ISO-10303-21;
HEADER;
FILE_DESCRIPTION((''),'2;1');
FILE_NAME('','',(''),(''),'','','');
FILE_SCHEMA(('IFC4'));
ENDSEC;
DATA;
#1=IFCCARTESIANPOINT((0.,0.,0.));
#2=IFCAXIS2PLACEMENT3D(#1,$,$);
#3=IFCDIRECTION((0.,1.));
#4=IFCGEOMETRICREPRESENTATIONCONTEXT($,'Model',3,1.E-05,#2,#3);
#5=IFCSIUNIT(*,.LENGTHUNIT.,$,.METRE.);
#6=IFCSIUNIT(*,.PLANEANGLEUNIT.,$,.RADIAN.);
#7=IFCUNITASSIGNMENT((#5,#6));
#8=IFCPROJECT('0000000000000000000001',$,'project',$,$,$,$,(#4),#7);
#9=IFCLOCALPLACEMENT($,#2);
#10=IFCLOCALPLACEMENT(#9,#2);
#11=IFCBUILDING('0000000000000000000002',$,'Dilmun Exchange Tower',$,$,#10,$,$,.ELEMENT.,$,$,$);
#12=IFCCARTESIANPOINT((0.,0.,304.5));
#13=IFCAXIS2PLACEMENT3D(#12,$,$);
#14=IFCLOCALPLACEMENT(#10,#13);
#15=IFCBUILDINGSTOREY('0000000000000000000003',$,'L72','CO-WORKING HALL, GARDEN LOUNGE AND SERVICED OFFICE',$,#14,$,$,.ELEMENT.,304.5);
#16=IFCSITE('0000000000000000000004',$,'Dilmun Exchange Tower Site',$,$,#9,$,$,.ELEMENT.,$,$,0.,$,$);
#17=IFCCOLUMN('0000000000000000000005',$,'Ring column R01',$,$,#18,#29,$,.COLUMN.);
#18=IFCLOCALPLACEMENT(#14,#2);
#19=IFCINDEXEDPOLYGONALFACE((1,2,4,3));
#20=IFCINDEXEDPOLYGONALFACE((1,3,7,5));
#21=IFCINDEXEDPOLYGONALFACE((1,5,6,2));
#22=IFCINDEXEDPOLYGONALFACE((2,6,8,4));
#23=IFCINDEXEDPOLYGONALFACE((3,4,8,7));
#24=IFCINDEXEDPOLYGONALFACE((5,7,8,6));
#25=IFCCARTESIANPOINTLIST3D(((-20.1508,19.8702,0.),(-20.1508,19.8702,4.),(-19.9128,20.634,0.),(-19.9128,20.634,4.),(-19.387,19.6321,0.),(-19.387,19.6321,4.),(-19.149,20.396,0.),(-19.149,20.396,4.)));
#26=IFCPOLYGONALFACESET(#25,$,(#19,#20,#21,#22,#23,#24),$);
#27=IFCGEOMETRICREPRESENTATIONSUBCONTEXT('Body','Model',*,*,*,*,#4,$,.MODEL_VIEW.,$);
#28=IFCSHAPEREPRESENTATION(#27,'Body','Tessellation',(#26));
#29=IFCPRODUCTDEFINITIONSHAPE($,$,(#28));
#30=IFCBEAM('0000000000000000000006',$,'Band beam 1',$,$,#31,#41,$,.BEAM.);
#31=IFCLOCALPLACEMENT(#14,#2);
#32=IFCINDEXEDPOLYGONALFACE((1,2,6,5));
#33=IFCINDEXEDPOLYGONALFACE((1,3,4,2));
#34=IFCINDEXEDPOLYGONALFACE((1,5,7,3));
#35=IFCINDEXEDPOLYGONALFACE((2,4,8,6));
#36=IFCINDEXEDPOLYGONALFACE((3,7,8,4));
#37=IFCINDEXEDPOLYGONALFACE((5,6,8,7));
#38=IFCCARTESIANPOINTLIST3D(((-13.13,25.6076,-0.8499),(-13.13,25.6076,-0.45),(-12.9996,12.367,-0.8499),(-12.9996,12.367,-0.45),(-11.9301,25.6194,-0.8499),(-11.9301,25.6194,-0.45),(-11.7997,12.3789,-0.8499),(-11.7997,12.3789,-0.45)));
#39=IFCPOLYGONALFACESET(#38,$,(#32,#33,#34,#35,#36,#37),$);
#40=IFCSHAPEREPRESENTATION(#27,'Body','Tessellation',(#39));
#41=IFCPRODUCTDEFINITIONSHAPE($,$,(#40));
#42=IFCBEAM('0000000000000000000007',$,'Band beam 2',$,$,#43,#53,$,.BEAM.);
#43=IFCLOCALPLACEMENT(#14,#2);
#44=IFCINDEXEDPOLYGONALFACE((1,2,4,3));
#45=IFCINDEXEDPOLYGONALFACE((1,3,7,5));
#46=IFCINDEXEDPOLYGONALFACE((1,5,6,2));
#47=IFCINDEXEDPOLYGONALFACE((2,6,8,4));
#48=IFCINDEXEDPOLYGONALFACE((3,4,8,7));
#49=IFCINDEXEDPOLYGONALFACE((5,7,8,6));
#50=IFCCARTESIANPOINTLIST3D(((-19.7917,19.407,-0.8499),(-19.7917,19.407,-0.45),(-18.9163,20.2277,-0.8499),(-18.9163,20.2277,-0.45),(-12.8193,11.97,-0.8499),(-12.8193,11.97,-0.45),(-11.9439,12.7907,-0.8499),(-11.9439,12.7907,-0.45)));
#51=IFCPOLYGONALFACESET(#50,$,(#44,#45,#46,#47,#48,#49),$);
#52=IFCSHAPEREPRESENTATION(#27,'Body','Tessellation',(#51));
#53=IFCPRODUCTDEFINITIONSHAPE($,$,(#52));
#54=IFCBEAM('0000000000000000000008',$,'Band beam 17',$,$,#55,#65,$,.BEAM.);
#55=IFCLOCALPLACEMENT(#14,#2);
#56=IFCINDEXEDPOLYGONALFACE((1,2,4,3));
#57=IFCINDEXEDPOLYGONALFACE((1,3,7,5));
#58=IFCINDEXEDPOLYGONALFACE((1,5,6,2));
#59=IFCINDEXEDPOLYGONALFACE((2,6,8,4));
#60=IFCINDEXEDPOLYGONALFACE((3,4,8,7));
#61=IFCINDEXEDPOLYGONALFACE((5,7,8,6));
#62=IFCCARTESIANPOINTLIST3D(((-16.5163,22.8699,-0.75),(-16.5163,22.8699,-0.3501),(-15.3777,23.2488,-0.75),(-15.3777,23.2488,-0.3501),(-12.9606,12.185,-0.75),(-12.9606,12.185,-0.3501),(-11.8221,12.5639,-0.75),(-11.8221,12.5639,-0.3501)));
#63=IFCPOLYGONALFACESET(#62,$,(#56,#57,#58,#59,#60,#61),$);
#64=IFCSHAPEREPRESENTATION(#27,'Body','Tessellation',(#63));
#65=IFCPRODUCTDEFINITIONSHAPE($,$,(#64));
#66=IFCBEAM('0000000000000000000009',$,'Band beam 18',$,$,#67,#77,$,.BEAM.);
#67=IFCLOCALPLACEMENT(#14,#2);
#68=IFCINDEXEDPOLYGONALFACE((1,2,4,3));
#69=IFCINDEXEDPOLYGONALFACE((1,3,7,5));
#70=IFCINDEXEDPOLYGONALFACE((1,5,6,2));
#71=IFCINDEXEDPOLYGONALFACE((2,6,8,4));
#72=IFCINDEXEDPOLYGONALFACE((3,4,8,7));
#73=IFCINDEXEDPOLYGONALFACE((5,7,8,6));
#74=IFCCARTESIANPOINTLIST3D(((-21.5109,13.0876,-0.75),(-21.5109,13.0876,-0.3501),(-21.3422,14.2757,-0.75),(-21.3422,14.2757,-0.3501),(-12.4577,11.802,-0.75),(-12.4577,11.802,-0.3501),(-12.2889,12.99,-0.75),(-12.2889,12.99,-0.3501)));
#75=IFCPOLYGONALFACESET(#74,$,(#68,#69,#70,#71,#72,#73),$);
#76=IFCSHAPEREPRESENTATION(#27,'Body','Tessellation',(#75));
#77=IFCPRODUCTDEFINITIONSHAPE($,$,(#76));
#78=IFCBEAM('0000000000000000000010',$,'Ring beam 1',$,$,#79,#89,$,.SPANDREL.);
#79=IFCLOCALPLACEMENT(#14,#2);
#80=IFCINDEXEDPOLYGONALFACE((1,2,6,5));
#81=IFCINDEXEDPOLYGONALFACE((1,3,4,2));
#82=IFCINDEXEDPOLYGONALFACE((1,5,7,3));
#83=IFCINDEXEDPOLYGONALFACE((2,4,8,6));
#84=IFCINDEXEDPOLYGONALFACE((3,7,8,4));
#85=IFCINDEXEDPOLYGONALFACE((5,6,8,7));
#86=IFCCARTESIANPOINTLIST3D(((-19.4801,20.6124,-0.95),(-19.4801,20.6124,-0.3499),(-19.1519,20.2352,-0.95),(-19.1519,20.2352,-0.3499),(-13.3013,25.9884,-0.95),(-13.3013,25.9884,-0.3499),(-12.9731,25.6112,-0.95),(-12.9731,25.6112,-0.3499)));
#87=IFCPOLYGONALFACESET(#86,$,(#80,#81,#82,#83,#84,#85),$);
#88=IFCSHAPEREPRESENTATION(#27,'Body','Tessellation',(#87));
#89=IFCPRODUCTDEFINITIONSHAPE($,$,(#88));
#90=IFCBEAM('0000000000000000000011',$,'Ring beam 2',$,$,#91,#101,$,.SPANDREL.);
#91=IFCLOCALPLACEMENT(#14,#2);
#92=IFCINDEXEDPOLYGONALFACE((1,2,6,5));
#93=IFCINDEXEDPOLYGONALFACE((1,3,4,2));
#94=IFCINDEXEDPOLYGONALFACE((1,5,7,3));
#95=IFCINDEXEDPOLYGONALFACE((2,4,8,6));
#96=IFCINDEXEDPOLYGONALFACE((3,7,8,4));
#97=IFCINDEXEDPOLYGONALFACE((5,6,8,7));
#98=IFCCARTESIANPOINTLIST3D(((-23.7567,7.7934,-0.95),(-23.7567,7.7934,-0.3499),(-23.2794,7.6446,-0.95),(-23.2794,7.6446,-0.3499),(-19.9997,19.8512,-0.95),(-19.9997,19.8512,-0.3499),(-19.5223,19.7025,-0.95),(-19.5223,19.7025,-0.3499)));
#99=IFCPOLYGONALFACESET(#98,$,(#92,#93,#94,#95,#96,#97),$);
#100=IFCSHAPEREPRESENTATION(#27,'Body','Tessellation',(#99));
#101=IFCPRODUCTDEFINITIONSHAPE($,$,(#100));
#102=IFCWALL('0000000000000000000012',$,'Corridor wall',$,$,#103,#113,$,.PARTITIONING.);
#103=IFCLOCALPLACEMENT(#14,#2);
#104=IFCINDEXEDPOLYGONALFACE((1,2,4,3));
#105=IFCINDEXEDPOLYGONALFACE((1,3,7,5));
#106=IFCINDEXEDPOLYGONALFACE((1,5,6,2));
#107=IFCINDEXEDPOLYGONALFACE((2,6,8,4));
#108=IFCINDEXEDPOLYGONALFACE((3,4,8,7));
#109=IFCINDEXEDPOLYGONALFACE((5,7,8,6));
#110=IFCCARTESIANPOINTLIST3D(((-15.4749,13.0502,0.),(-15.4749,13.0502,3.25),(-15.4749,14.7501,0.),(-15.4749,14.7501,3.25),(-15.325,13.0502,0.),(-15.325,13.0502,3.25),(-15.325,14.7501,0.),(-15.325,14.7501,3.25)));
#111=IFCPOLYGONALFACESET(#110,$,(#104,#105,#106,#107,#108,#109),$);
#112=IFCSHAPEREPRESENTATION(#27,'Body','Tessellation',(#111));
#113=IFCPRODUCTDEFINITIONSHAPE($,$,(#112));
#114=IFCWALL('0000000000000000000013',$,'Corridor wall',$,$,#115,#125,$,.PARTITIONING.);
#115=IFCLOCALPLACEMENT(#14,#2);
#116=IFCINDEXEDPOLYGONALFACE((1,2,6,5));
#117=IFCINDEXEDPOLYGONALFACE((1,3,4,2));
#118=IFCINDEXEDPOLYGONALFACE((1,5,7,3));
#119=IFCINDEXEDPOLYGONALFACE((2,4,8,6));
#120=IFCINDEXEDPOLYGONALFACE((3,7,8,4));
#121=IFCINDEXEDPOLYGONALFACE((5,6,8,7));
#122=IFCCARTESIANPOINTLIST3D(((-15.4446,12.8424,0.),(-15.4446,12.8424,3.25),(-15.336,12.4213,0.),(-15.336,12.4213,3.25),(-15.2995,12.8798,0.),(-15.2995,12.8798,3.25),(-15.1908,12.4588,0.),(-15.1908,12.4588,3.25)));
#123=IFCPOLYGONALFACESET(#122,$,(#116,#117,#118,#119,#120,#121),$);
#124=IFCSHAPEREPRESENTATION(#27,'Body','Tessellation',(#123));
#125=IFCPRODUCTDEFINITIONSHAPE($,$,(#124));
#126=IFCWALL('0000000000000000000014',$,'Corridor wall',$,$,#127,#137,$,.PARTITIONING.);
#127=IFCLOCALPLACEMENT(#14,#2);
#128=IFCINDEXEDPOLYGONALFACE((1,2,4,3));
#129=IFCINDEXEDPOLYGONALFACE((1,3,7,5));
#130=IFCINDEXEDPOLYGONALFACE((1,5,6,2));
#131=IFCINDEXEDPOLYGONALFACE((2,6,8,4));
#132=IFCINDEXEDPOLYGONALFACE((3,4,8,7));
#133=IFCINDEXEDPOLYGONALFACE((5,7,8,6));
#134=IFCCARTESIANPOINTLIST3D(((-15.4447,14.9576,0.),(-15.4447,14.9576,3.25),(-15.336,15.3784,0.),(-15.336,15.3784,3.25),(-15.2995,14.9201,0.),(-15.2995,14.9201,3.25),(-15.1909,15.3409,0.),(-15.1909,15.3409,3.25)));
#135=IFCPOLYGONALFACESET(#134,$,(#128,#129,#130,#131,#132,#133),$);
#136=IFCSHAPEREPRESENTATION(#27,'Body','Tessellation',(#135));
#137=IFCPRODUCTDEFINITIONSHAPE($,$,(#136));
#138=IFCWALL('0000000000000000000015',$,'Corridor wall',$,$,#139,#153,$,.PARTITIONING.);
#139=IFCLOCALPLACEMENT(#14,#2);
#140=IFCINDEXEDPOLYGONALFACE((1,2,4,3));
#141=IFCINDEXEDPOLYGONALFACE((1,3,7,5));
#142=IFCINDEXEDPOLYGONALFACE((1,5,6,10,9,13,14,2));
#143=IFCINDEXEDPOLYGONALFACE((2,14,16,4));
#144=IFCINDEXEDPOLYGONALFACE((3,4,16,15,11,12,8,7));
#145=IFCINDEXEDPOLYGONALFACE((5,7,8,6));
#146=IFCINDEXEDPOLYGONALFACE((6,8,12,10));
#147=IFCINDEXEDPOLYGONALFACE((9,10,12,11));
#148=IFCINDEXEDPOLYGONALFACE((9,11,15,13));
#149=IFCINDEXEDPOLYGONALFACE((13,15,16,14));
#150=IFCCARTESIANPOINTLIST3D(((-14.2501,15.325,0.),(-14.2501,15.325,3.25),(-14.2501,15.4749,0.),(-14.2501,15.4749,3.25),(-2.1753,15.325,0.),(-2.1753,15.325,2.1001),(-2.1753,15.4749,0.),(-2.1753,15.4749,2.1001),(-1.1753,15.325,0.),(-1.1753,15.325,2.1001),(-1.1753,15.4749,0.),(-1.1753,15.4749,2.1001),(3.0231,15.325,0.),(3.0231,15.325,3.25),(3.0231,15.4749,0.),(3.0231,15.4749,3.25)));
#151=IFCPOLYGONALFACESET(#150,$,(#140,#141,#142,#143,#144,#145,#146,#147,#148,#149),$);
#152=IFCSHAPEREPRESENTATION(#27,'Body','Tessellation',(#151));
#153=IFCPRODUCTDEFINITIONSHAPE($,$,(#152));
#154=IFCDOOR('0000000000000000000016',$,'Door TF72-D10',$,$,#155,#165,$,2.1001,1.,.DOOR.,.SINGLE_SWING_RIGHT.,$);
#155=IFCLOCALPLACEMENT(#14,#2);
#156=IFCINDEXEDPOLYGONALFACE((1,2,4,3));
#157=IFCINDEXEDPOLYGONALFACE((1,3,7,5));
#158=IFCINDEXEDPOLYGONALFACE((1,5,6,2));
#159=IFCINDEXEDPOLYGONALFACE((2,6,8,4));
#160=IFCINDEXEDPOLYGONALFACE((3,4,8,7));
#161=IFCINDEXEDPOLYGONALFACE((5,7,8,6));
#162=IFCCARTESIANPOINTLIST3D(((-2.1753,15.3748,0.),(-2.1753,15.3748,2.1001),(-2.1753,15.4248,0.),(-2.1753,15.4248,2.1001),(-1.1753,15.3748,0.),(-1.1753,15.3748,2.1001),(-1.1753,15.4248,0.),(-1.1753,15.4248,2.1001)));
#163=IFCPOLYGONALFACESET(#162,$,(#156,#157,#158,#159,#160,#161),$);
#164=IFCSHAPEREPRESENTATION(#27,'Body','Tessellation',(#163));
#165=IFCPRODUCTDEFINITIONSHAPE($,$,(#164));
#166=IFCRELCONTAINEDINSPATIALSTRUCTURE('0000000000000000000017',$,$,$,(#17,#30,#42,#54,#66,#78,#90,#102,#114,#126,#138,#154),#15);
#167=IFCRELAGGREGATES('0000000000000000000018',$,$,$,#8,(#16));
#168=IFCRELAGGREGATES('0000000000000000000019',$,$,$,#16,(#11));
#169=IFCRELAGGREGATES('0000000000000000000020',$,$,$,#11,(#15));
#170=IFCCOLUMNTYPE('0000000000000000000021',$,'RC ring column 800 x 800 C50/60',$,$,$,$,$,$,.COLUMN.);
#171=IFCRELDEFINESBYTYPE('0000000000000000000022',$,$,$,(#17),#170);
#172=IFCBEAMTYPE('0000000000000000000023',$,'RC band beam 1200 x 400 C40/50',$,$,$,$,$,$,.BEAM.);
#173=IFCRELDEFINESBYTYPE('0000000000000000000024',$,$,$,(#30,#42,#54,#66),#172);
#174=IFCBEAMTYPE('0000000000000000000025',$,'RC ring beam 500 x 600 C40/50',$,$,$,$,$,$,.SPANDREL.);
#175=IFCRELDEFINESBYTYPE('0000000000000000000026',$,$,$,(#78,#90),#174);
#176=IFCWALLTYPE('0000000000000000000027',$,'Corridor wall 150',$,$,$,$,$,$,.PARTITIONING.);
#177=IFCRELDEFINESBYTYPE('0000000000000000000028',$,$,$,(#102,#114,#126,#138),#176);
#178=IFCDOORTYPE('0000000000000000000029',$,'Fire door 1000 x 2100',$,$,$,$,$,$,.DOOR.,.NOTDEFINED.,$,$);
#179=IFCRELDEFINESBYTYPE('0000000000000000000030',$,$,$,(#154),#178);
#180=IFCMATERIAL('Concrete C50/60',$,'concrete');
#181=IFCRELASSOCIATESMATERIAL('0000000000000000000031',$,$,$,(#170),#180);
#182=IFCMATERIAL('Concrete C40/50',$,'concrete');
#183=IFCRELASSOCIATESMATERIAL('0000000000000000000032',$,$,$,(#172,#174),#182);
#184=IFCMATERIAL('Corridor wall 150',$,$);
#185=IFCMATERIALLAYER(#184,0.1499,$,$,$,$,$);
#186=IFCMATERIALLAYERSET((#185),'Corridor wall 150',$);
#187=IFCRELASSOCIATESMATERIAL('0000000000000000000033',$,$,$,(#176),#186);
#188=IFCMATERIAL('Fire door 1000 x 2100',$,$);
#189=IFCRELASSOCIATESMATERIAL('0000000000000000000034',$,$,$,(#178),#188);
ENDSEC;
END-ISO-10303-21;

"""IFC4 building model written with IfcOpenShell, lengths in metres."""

from ifc_helpers import new_model, si_unit, direction, frame, frame_2d, origin, origin_2d, place, context, subcontext, project, spatial, rectangle, extrude, material, layer, layer_set, material_profile, profile_set, type_object, element, fill, save


model = new_model("IFC4")

# Units and contexts
model_context = context("Model", 3, precision=1e-05, world=origin(), true_north=direction((0.0, 1.0)))
body_context = subcontext(model_context, "Body", "Model", "MODEL_VIEW")
ifc_project = project(units=[si_unit("LENGTHUNIT", "METRE"), si_unit("PLANEANGLEUNIT", "RADIAN")], contexts=[model_context])

# Site, building, storey
site_placement = place(None, origin())
site = spatial("IfcSite", under=ifc_project, at=site_placement, Name="Dilmun Exchange Tower Site", CompositionType="ELEMENT", RefElevation=0.0)
building_placement = place(site_placement, origin())
building = spatial("IfcBuilding", under=site, at=building_placement, Name="Dilmun Exchange Tower", CompositionType="ELEMENT")
storey_placement = place(building_placement, frame((0.0, 0.0, 304.5)))
storey = spatial("IfcBuildingStorey", under=building, at=storey_placement, Name="L72", Description="CO-WORKING HALL, GARDEN LOUNGE AND SERVICED OFFICE", CompositionType="ELEMENT", Elevation=304.5)

# Column
ifc_material_1 = material(Name="Concrete C50/60", Category="concrete")
ifc_material_profile_1 = material_profile(ifc_material_1, rectangle(XDim=0.8, YDim=0.8, at=origin_2d()), Name="800 x 800")
ifc_profile_set_1 = profile_set([ifc_material_profile_1], Name="Concrete C50/60")
column_type = type_object("IfcColumnType", Name="RC ring column 800 x 800 C50/60", PredefinedType="COLUMN", material=ifc_profile_set_1)
column_placement = place(storey_placement, frame((-19.6499, 20.1331, 0.0), z_axis=(0.0, 0.0, 1.0), x_axis=(0.297503, 0.954721, 0.0)))
element("IfcColumn", 1, at=column_placement, inside=storey, type_object=column_type, Name="Ring column R01", PredefinedType="COLUMN", context=body_context, shape_type="SweptSolid", body=[
    extrude(rectangle(XDim=0.8, YDim=0.8, at=origin_2d()), origin(), (0.0, 0.0, 1.0), 4.0),
])

# Beams
ifc_material_2 = material(Name="Concrete C40/50", Category="concrete")
ifc_material_profile_2 = material_profile(ifc_material_2, rectangle(XDim=1.2, YDim=0.3999, at=origin_2d()), Name="1200 x 400")
ifc_profile_set_2 = profile_set([ifc_material_profile_2], Name="Concrete C40/50")
beam_type_1 = type_object("IfcBeamType", Name="RC band beam 1200 x 400 C40/50", PredefinedType="BEAM", material=ifc_profile_set_2)
beam_1_placement = place(storey_placement, frame((-12.53, 25.6135, -0.6499), z_axis=(0.009846, -0.999952, 0.0), x_axis=(0.999952, 0.009846, 0.0)))
element("IfcBeam", 2, at=beam_1_placement, inside=storey, type_object=beam_type_1, Name="Band beam 1", PredefinedType="BEAM", context=body_context, shape_type="SweptSolid", body=[
    extrude(rectangle(XDim=1.2, YDim=0.3999, at=origin_2d()), origin(), (0.0, 0.0, 1.0), 13.2412),
])
beam_2_placement = place(storey_placement, frame((-19.354, 19.8174, -0.6499), z_axis=(0.683952, -0.729527, 0.0), x_axis=(0.729527, 0.683952, 0.0)))
element("IfcBeam", 3, at=beam_2_placement, inside=storey, type_object=beam_type_1, Name="Band beam 2", PredefinedType="BEAM", context=body_context, shape_type="SweptSolid", body=[
    extrude(rectangle(XDim=1.2, YDim=0.3999, at=origin_2d()), origin(), (0.0, 0.0, 1.0), 10.1943),
])
beam_3_placement = place(storey_placement, frame((-15.947, 23.0593, -0.55), z_axis=(0.315753, -0.948841, 0.0), x_axis=(0.948841, 0.315753, 0.0)))
element("IfcBeam", 4, at=beam_3_placement, inside=storey, type_object=beam_type_1, Name="Band beam 17", PredefinedType="BEAM", context=body_context, shape_type="SweptSolid", body=[
    extrude(rectangle(XDim=1.2, YDim=0.3999, at=origin_2d()), origin(), (0.0, 0.0, 1.0), 11.261),
])
beam_4_placement = place(storey_placement, frame((-21.4265, 13.6816, -0.55), z_axis=(0.990067, -0.140599, 0.0), x_axis=(0.140599, 0.990067, 0.0)))
element("IfcBeam", 5, at=beam_4_placement, inside=storey, type_object=beam_type_1, Name="Band beam 18", PredefinedType="BEAM", context=body_context, shape_type="SweptSolid", body=[
    extrude(rectangle(XDim=1.2, YDim=0.3999, at=origin_2d()), origin(), (0.0, 0.0, 1.0), 9.144),
])
ifc_material_profile_3 = material_profile(ifc_material_2, rectangle(XDim=0.5, YDim=0.6001, at=origin_2d()), Name="500 x 600")
ifc_profile_set_3 = profile_set([ifc_material_profile_3], Name="Concrete C40/50")
beam_type_2 = type_object("IfcBeamType", Name="RC ring beam 500 x 600 C40/50", PredefinedType="SPANDREL", material=ifc_profile_set_3)
beam_5_placement = place(storey_placement, frame((-13.1372, 25.7998, -0.6499), z_axis=(-0.754413, -0.6564, 0.0), x_axis=(0.6564, -0.754413, 0.0)))
element("IfcBeam", 6, at=beam_5_placement, inside=storey, type_object=beam_type_2, Name="Ring beam 1", PredefinedType="SPANDREL", context=body_context, shape_type="SweptSolid", body=[
    extrude(rectangle(XDim=0.5, YDim=0.6001, at=origin_2d()), origin(), (0.0, 0.0, 1.0), 8.1902),
])
beam_6_placement = place(storey_placement, frame((-19.761, 19.7769, -0.6499), z_axis=(-0.297481, -0.954728, 0.0), x_axis=(0.954728, -0.297481, 0.0)))
element("IfcBeam", 7, at=beam_6_placement, inside=storey, type_object=beam_type_2, Name="Ring beam 2", PredefinedType="SPANDREL", context=body_context, shape_type="SweptSolid", body=[
    extrude(rectangle(XDim=0.5, YDim=0.6001, at=origin_2d()), origin(), (0.0, 0.0, 1.0), 12.6296),
])

# Walls
ifc_material_3 = material(Name="Corridor wall 150")
ifc_layer_1 = layer(ifc_material_3, 0.1499)
ifc_layer_set_1 = layer_set([ifc_layer_1], Name="Corridor wall 150")
wall_type_1 = type_object("IfcWallType", Name="Corridor wall 150", PredefinedType="PARTITIONING", material=ifc_layer_set_1)
wall_1_placement = place(storey_placement, frame((-15.3999, 13.05, 0.0), z_axis=(0.0, 0.0, 1.0), x_axis=(0.0, 1.0, 0.0)))
element("IfcWall", 8, at=wall_1_placement, inside=storey, type_object=wall_type_1, Name="Corridor wall", PredefinedType="PARTITIONING", context=body_context, shape_type="SweptSolid", body=[
    extrude(rectangle(XDim=1.7, YDim=0.1499, at=frame_2d((0.8501, 0.0))), origin(), (0.0, 0.0, 1.0), 3.25),
])
wall_2_placement = place(storey_placement, frame((-15.2634, 12.4402, 0.0), z_axis=(0.0, 0.0, 1.0), x_axis=(-0.249929, 0.968264, 0.0)))
element("IfcWall", 9, at=wall_2_placement, inside=storey, type_object=wall_type_1, Name="Corridor wall", PredefinedType="PARTITIONING", context=body_context, shape_type="SweptSolid", body=[
    extrude(rectangle(XDim=0.4348, YDim=0.1499, at=frame_2d((0.2173, 0.0))), origin(), (0.0, 0.0, 1.0), 3.25),
])
wall_3_placement = place(storey_placement, frame((-15.2634, 15.3596, 0.0), z_axis=(0.0, 0.0, 1.0), x_axis=(-0.250065, -0.968229, 0.0)))
element("IfcWall", 10, at=wall_3_placement, inside=storey, type_object=wall_type_1, Name="Corridor wall", PredefinedType="PARTITIONING", context=body_context, shape_type="SweptSolid", body=[
    extrude(rectangle(XDim=0.4346, YDim=0.1499, at=frame_2d((0.2173, 0.0))), origin(), (0.0, 0.0, 1.0), 3.25),
])

# Wall, opening, door
wall_4_placement = place(storey_placement, frame((-14.2502, 15.3999, 0.0), z_axis=(0.0, 0.0, 1.0), x_axis=(1.0, 0.0, 0.0)))
wall_4 = element("IfcWall", 11, at=wall_4_placement, inside=storey, type_object=wall_type_1, Name="Corridor wall", PredefinedType="PARTITIONING", context=body_context, shape_type="SweptSolid", body=[
    extrude(rectangle(XDim=17.2732, YDim=0.1499, at=frame_2d((8.6367, 0.0))), origin(), (0.0, 0.0, 1.0), 3.25),
])
opening_1_placement = place(wall_4_placement, frame((12.075, 0.0, 0.0)))
opening_1 = element("IfcOpeningElement", 12, at=opening_1_placement, cuts=wall_4, PredefinedType="OPENING", context=body_context, shape_type="SweptSolid", body=[
    extrude(rectangle(XDim=1.0, YDim=2.1001, at=frame_2d((0.5, 1.05))), frame((0.0, 0.085, 0.0), z_axis=(0.0, -1.0, 0.0), x_axis=(1.0, 0.0, 0.0)), (0.0, 0.0, 1.0), 0.1699),
])
ifc_material_4 = material(Name="Fire door 1000 x 2100")
door_type_1 = type_object("IfcDoorType", Name="Fire door 1000 x 2100", OperationType="NOTDEFINED", PredefinedType="DOOR", material=ifc_material_4)
door_1_placement = place(opening_1_placement, origin())
door_1 = element("IfcDoor", 13, at=door_1_placement, inside=storey, type_object=door_type_1, Name="Door TF72-D10", OperationType="SINGLE_SWING_RIGHT", OverallHeight=2.1001, OverallWidth=1.0, PredefinedType="DOOR", context=body_context, shape_type="SweptSolid", body=[
    extrude(rectangle(XDim=1.0, YDim=2.1001, at=frame_2d((0.5, 1.05))), frame((0.0, 0.0249, 0.0), z_axis=(0.0, -1.0, 0.0), x_axis=(1.0, 0.0, 0.0)), (0.0, 0.0, 1.0), 0.05),
])
fill(opening_1, door_1)

save(model, "model.ifc")
